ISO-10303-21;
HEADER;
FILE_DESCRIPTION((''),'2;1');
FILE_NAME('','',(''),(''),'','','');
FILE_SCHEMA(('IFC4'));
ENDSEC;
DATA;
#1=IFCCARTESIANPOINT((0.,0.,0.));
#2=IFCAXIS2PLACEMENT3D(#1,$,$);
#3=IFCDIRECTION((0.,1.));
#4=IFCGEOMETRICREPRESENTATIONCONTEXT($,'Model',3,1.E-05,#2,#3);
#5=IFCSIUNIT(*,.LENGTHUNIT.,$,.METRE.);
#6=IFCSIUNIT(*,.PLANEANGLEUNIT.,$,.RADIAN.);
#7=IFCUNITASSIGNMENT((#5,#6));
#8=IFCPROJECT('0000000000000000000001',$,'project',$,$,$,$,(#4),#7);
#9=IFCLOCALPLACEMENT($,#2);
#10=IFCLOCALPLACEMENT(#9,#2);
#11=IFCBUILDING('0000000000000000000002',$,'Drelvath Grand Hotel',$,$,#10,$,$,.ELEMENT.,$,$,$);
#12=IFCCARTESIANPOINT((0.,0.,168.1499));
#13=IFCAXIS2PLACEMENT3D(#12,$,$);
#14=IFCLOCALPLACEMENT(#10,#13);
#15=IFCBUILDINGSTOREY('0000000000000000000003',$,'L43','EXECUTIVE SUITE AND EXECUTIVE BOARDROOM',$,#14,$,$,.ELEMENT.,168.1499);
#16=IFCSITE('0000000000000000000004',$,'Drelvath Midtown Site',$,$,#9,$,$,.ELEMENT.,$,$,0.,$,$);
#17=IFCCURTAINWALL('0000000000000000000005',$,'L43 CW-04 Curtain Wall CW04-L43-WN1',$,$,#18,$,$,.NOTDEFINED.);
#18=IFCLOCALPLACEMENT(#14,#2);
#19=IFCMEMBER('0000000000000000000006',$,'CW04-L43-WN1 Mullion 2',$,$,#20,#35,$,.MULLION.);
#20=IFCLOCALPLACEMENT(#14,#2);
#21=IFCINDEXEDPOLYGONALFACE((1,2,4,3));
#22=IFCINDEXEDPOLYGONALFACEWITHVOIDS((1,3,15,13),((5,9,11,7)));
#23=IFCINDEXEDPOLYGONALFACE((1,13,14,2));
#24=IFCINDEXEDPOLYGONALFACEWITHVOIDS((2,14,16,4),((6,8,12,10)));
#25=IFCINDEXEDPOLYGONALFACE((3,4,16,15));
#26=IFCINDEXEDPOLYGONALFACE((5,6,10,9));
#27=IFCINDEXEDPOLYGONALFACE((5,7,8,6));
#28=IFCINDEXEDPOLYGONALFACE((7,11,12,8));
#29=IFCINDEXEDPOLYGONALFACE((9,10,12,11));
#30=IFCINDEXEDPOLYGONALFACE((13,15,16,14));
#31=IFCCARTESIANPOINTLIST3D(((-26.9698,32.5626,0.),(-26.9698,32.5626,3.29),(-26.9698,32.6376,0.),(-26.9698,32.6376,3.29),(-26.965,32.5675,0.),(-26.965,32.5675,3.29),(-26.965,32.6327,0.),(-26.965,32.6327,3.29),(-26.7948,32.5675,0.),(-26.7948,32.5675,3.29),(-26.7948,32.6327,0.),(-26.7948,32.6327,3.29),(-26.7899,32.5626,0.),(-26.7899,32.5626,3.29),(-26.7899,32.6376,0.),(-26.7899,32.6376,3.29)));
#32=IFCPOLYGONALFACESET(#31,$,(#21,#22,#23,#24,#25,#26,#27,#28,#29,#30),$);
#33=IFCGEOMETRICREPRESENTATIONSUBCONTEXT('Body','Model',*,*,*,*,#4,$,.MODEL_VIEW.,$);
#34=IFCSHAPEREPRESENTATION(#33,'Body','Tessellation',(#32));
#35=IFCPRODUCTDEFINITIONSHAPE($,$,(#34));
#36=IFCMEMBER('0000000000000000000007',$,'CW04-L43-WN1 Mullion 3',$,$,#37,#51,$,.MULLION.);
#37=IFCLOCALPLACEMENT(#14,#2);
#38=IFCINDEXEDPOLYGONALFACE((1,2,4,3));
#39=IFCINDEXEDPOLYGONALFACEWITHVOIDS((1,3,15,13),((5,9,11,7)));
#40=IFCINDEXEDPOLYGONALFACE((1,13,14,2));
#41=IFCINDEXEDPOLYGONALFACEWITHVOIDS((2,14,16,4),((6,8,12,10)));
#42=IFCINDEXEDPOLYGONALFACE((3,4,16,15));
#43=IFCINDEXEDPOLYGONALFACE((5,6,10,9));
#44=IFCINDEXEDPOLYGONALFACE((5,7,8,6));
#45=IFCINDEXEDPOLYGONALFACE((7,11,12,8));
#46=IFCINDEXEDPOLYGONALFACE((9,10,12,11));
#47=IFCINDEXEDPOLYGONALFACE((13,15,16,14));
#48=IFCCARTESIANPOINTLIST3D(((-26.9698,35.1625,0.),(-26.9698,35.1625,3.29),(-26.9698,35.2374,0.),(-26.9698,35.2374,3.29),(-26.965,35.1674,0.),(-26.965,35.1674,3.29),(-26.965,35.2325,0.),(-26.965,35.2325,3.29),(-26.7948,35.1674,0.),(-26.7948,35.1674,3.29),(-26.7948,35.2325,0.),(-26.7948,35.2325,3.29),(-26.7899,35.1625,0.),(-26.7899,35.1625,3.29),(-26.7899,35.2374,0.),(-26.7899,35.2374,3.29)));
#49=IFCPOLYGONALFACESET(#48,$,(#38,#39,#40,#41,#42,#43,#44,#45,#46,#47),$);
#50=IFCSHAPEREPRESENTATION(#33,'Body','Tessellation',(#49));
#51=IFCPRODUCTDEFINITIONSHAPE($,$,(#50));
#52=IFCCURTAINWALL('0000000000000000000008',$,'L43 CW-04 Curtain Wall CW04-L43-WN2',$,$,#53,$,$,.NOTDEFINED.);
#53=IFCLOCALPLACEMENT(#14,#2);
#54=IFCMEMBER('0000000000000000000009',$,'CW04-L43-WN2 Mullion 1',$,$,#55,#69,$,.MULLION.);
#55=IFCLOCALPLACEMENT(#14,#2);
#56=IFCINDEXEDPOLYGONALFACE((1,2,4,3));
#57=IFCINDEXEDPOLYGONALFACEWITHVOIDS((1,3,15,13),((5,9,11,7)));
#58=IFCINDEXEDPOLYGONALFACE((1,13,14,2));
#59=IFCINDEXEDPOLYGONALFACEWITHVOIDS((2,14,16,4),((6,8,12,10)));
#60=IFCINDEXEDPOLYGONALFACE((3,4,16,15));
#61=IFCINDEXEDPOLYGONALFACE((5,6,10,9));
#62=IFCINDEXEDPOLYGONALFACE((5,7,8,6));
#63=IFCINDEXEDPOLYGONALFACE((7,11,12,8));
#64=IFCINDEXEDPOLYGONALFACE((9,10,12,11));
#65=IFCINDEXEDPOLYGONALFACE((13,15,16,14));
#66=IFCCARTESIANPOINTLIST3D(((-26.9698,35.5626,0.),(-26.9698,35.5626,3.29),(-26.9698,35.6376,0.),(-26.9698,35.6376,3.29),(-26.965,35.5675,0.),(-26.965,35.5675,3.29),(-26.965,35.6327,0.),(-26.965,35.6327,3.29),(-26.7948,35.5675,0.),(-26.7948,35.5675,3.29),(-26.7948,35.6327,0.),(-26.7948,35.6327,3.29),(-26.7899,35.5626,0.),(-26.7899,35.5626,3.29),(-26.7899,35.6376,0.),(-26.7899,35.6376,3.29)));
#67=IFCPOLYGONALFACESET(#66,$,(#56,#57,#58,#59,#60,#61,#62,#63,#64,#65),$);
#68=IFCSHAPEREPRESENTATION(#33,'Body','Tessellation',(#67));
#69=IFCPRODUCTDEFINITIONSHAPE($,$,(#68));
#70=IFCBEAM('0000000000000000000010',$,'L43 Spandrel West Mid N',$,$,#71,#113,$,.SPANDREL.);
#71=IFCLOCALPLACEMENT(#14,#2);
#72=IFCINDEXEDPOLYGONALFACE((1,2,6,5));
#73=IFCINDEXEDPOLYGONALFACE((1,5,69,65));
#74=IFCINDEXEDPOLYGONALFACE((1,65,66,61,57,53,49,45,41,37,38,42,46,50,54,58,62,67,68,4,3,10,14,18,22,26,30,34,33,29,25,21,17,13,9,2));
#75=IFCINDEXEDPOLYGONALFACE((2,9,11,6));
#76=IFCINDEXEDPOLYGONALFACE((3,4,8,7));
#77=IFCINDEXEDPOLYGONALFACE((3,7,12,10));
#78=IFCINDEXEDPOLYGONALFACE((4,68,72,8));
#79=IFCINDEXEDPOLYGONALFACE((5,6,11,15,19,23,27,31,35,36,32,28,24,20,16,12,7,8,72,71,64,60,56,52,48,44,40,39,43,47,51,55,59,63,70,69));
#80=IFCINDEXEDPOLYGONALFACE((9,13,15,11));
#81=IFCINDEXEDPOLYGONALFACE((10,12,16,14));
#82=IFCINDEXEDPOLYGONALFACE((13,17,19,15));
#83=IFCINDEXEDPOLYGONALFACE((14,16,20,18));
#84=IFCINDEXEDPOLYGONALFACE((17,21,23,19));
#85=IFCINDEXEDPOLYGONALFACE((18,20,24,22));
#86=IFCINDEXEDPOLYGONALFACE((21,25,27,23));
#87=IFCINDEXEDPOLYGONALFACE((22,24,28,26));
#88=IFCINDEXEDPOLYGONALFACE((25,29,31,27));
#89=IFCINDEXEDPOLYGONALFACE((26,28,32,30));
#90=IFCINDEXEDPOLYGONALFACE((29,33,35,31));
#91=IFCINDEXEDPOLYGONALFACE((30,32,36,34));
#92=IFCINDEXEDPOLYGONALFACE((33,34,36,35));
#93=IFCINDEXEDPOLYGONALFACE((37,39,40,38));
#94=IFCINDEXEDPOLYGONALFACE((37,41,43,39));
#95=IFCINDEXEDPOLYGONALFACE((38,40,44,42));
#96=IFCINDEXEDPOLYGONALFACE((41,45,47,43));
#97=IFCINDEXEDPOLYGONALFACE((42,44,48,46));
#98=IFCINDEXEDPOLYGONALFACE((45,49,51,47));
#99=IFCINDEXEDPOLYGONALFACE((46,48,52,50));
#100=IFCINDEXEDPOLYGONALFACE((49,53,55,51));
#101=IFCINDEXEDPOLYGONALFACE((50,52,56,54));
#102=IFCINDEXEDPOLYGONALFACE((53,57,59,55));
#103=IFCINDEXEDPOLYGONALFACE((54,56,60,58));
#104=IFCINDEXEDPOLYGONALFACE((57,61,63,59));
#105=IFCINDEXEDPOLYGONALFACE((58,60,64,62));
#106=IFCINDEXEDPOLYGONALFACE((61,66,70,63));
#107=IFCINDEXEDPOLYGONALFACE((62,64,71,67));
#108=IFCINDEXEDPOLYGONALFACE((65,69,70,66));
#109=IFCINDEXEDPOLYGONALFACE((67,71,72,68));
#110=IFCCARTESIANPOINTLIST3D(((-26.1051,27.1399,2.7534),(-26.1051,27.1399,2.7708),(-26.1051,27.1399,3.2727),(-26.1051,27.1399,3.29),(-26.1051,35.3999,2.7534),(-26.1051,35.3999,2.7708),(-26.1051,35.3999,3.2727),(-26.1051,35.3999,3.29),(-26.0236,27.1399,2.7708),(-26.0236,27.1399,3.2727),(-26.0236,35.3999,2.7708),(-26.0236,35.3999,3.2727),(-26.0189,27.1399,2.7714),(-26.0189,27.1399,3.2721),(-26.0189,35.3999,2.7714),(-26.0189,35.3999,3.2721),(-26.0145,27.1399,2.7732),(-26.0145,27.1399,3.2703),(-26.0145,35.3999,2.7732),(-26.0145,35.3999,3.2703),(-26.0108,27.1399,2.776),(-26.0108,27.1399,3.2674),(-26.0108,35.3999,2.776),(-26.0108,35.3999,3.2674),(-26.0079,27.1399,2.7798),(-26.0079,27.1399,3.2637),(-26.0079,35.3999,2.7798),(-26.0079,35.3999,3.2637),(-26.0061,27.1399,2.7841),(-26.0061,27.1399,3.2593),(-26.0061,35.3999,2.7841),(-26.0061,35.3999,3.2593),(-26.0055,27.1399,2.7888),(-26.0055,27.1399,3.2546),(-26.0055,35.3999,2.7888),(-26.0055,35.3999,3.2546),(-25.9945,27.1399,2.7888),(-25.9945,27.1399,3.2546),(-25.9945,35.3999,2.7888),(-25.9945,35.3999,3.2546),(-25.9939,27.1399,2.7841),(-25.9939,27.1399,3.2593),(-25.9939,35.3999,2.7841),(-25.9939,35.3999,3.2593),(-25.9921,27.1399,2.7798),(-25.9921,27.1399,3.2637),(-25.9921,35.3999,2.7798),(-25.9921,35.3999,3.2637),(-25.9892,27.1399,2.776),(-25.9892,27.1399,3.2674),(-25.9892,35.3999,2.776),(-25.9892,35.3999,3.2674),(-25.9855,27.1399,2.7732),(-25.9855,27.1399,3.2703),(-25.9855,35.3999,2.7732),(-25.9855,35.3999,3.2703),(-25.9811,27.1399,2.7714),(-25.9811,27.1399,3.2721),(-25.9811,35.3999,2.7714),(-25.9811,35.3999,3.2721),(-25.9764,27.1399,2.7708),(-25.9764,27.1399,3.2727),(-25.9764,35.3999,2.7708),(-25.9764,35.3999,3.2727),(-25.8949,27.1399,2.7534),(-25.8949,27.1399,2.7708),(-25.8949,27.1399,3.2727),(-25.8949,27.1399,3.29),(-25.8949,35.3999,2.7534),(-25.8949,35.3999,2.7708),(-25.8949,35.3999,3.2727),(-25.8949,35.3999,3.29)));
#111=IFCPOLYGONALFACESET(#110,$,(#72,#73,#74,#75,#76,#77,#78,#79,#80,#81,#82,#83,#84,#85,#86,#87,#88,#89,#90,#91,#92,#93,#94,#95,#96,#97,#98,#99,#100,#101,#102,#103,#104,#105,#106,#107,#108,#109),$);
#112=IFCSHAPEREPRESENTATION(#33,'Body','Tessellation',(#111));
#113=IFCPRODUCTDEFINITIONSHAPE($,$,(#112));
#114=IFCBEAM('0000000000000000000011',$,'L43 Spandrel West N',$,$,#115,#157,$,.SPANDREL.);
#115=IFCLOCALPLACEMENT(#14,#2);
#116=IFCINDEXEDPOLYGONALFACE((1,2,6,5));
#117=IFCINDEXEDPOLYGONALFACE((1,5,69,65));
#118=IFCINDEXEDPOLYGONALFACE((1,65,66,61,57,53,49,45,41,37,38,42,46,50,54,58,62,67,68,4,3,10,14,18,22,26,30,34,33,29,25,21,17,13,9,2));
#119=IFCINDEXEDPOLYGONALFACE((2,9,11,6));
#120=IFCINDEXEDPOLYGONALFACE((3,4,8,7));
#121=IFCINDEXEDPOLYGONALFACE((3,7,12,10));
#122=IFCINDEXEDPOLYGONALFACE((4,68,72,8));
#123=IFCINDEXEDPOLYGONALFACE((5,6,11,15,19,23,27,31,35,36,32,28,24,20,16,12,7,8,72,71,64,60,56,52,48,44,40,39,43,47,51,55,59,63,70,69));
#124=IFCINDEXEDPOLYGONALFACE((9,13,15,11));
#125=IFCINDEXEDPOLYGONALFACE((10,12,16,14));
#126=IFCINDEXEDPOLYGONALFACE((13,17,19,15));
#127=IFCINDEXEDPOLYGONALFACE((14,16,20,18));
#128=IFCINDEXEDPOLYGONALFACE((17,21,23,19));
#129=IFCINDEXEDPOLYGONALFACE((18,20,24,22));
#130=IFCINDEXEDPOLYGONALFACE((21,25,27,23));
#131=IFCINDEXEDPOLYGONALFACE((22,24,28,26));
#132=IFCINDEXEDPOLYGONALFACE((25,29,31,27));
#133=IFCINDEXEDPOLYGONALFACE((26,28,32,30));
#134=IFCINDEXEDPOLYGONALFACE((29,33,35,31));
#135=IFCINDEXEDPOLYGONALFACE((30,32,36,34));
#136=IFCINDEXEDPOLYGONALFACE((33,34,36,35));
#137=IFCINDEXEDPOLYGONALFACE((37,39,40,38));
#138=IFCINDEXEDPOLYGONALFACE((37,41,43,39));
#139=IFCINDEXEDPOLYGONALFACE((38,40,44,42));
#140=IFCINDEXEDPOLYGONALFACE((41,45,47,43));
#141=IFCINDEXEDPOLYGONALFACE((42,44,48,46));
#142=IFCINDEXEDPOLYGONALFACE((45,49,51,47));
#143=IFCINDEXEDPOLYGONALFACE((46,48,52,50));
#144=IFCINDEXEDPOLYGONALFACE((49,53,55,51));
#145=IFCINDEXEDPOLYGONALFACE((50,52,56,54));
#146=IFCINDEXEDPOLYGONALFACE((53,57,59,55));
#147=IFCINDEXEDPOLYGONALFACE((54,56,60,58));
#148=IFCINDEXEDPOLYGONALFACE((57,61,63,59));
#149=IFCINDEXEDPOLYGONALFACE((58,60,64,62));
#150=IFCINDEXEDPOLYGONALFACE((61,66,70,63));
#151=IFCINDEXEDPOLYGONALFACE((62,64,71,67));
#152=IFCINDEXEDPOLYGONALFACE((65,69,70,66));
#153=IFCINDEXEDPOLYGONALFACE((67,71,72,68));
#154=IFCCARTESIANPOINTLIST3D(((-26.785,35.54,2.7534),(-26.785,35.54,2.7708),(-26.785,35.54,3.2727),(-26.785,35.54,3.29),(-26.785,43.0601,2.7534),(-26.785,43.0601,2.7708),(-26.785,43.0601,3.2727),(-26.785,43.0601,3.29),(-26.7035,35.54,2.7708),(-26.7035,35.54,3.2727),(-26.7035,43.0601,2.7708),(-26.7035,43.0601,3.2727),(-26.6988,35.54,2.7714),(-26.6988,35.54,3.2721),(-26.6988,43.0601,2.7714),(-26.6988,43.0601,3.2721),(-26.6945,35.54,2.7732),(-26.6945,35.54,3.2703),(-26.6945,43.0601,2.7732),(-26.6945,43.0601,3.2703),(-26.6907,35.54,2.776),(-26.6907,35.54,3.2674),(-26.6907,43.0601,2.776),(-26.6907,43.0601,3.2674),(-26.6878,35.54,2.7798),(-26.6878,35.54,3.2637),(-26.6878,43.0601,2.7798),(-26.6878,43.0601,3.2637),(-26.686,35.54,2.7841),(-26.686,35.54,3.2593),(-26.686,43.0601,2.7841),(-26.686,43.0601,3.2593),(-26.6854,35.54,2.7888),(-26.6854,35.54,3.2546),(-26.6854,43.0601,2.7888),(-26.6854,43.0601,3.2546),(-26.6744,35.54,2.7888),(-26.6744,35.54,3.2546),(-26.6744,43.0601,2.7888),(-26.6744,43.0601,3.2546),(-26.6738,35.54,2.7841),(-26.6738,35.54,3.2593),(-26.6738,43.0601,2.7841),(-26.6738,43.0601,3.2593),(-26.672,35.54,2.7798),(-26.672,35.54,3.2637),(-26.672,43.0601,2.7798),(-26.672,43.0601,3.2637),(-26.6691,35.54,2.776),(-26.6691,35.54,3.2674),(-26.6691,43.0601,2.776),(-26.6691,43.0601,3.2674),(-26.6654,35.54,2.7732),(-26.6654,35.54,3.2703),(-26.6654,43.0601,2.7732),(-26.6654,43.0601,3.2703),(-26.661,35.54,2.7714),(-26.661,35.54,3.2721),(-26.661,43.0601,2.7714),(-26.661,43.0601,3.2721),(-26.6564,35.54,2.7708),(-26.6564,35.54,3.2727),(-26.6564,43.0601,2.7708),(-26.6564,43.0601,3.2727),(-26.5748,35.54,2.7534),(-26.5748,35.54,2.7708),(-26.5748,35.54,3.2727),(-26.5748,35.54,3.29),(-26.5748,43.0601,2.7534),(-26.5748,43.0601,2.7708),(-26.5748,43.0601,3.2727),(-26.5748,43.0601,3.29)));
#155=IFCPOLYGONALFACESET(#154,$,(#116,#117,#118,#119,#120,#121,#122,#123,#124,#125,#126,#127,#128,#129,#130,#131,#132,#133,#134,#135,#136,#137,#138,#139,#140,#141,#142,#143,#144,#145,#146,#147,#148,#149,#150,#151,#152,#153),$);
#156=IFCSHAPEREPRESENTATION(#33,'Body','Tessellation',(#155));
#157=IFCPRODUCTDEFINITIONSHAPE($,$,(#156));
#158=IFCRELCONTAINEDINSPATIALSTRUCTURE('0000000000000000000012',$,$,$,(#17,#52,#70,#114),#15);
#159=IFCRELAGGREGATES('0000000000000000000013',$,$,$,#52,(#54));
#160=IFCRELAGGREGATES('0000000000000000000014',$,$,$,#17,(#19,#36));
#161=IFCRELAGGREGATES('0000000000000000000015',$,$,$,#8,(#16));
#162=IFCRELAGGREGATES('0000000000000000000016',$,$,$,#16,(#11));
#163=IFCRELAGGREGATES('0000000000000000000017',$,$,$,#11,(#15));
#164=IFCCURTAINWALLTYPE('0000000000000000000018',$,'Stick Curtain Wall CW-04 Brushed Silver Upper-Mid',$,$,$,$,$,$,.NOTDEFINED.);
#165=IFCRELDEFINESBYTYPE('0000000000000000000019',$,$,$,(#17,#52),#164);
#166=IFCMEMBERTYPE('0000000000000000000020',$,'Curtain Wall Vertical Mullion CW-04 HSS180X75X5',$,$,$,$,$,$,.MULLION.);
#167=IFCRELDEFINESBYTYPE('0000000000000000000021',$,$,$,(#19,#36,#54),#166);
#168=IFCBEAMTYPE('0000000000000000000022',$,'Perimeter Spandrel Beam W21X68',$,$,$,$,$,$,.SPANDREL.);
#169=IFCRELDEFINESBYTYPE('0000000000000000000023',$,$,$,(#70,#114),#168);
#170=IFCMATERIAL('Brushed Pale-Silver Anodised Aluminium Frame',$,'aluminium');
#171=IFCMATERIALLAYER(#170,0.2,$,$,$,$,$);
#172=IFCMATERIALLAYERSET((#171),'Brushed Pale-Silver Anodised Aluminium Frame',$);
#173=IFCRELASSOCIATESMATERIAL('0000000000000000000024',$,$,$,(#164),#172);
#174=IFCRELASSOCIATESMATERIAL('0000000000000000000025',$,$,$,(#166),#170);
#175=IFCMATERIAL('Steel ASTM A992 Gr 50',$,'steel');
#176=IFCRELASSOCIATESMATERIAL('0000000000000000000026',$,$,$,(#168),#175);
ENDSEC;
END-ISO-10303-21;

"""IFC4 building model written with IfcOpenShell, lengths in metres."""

from ifc_helpers import new_model, si_unit, direction, frame, origin, origin_2d, place, context, subcontext, project, spatial, hollow_rectangle, i_section, extrude, material, layer, layer_set, material_profile, profile_set, type_object, element, aggregate, save


model = new_model("IFC4")

# Units and contexts
model_context = context("Model", 3, precision=1e-05, world=origin(), true_north=direction((0.0, 1.0)))
body_context = subcontext(model_context, "Body", "Model", "MODEL_VIEW")
ifc_project = project(units=[si_unit("LENGTHUNIT", "METRE"), si_unit("PLANEANGLEUNIT", "RADIAN")], contexts=[model_context])

# Site, building, storey
site_placement = place(None, origin())
site = spatial("IfcSite", under=ifc_project, at=site_placement, Name="Drelvath Midtown Site", CompositionType="ELEMENT", RefElevation=0.0)
building_placement = place(site_placement, origin())
building = spatial("IfcBuilding", under=site, at=building_placement, Name="Drelvath Grand Hotel", CompositionType="ELEMENT")
storey_placement = place(building_placement, frame((0.0, 0.0, 168.1499)))
storey = spatial("IfcBuildingStorey", under=building, at=storey_placement, Name="L43", Description="EXECUTIVE SUITE AND EXECUTIVE BOARDROOM", CompositionType="ELEMENT", Elevation=168.1499)

# Curtain wall
ifc_material_1 = material(Name="Brushed Pale-Silver Anodised Aluminium Frame", Category="aluminium")
ifc_layer_1 = layer(ifc_material_1, 0.2)
ifc_layer_set_1 = layer_set([ifc_layer_1], Name="Brushed Pale-Silver Anodised Aluminium Frame")
curtain_wall_type = type_object("IfcCurtainWallType", Name="Stick Curtain Wall CW-04 Brushed Silver Upper-Mid", PredefinedType="NOTDEFINED", material=ifc_layer_set_1)
curtain_wall_1_placement = place(storey_placement, origin())
curtain_wall_1 = element("IfcCurtainWall", 1, at=curtain_wall_1_placement, inside=storey, type_object=curtain_wall_type, Name="L43 CW-04 Curtain Wall CW04-L43-WN1", PredefinedType="NOTDEFINED")

# Members
ifc_material_profile_1 = material_profile(ifc_material_1, hollow_rectangle(XDim=0.075, YDim=0.1799, WallThickness=0.0049, at=origin_2d()), Name="HSS180X75X5")
ifc_profile_set_1 = profile_set([ifc_material_profile_1], Name="Brushed Pale-Silver Anodised Aluminium Frame")
member_type_1 = type_object("IfcMemberType", Name="Curtain Wall Vertical Mullion CW-04 HSS180X75X5", PredefinedType="MULLION", material=ifc_profile_set_1)
member_1_placement = place(storey_placement, frame((-26.8799, 32.6001, 0.0), z_axis=(0.0, 0.0, 1.0), x_axis=(0.0, 1.0, 0.0)))
member_1 = element("IfcMember", 2, at=member_1_placement, type_object=member_type_1, Name="CW04-L43-WN1 Mullion 2", PredefinedType="MULLION", context=body_context, shape_type="SweptSolid", body=[
    extrude(hollow_rectangle(XDim=0.075, YDim=0.1799, WallThickness=0.0049, at=origin_2d()), origin(), (0.0, 0.0, 1.0), 3.29),
])
member_2_placement = place(storey_placement, frame((-26.8799, 35.2, 0.0), z_axis=(0.0, 0.0, 1.0), x_axis=(0.0, 1.0, 0.0)))
member_2 = element("IfcMember", 3, at=member_2_placement, type_object=member_type_1, Name="CW04-L43-WN1 Mullion 3", PredefinedType="MULLION", context=body_context, shape_type="SweptSolid", body=[
    extrude(hollow_rectangle(XDim=0.075, YDim=0.1799, WallThickness=0.0049, at=origin_2d()), origin(), (0.0, 0.0, 1.0), 3.29),
])

# Curtain wall, member
curtain_wall_2_placement = place(storey_placement, origin())
curtain_wall_2 = element("IfcCurtainWall", 4, at=curtain_wall_2_placement, inside=storey, type_object=curtain_wall_type, Name="L43 CW-04 Curtain Wall CW04-L43-WN2", PredefinedType="NOTDEFINED")
member_3_placement = place(storey_placement, frame((-26.8799, 35.6001, 0.0), z_axis=(0.0, 0.0, 1.0), x_axis=(0.0, 1.0, 0.0)))
member_3 = element("IfcMember", 5, at=member_3_placement, type_object=member_type_1, Name="CW04-L43-WN2 Mullion 1", PredefinedType="MULLION", context=body_context, shape_type="SweptSolid", body=[
    extrude(hollow_rectangle(XDim=0.075, YDim=0.1799, WallThickness=0.0049, at=origin_2d()), origin(), (0.0, 0.0, 1.0), 3.29),
])
aggregate(curtain_wall_2, [member_3])

# Beams
ifc_material_2 = material(Name="Steel ASTM A992 Gr 50", Category="steel")
ifc_material_profile_2 = material_profile(ifc_material_2, i_section(OverallWidth=0.2102, OverallDepth=0.5366, WebThickness=0.011, FlangeThickness=0.0173, FilletRadius=0.0181, at=origin_2d()), Name="W21X68")
ifc_profile_set_2 = profile_set([ifc_material_profile_2], Name="Steel ASTM A992 Gr 50")
beam_type_1 = type_object("IfcBeamType", Name="Perimeter Spandrel Beam W21X68", PredefinedType="SPANDREL", material=ifc_profile_set_2)
beam_1_placement = place(storey_placement, frame((-26.0, 27.1399, 3.0217), z_axis=(0.0, 1.0, 0.0), x_axis=(-1.0, 0.0, 0.0)))
element("IfcBeam", 6, at=beam_1_placement, inside=storey, type_object=beam_type_1, Name="L43 Spandrel West Mid N", PredefinedType="SPANDREL", context=body_context, shape_type="SweptSolid", body=[
    extrude(i_section(OverallWidth=0.2102, OverallDepth=0.5366, WebThickness=0.011, FlangeThickness=0.0173, FilletRadius=0.0181, at=origin_2d()), origin(), (0.0, 0.0, 1.0), 8.26),
])
beam_2_placement = place(storey_placement, frame((-26.6799, 35.54, 3.0217), z_axis=(0.0, 1.0, 0.0), x_axis=(-1.0, 0.0, 0.0)))
element("IfcBeam", 7, at=beam_2_placement, inside=storey, type_object=beam_type_1, Name="L43 Spandrel West N", PredefinedType="SPANDREL", context=body_context, shape_type="SweptSolid", body=[
    extrude(i_section(OverallWidth=0.2102, OverallDepth=0.5366, WebThickness=0.011, FlangeThickness=0.0173, FilletRadius=0.0181, at=origin_2d()), origin(), (0.0, 0.0, 1.0), 7.52),
])

aggregate(curtain_wall_1, [member_1, member_2])

save(model, "model.ifc")
